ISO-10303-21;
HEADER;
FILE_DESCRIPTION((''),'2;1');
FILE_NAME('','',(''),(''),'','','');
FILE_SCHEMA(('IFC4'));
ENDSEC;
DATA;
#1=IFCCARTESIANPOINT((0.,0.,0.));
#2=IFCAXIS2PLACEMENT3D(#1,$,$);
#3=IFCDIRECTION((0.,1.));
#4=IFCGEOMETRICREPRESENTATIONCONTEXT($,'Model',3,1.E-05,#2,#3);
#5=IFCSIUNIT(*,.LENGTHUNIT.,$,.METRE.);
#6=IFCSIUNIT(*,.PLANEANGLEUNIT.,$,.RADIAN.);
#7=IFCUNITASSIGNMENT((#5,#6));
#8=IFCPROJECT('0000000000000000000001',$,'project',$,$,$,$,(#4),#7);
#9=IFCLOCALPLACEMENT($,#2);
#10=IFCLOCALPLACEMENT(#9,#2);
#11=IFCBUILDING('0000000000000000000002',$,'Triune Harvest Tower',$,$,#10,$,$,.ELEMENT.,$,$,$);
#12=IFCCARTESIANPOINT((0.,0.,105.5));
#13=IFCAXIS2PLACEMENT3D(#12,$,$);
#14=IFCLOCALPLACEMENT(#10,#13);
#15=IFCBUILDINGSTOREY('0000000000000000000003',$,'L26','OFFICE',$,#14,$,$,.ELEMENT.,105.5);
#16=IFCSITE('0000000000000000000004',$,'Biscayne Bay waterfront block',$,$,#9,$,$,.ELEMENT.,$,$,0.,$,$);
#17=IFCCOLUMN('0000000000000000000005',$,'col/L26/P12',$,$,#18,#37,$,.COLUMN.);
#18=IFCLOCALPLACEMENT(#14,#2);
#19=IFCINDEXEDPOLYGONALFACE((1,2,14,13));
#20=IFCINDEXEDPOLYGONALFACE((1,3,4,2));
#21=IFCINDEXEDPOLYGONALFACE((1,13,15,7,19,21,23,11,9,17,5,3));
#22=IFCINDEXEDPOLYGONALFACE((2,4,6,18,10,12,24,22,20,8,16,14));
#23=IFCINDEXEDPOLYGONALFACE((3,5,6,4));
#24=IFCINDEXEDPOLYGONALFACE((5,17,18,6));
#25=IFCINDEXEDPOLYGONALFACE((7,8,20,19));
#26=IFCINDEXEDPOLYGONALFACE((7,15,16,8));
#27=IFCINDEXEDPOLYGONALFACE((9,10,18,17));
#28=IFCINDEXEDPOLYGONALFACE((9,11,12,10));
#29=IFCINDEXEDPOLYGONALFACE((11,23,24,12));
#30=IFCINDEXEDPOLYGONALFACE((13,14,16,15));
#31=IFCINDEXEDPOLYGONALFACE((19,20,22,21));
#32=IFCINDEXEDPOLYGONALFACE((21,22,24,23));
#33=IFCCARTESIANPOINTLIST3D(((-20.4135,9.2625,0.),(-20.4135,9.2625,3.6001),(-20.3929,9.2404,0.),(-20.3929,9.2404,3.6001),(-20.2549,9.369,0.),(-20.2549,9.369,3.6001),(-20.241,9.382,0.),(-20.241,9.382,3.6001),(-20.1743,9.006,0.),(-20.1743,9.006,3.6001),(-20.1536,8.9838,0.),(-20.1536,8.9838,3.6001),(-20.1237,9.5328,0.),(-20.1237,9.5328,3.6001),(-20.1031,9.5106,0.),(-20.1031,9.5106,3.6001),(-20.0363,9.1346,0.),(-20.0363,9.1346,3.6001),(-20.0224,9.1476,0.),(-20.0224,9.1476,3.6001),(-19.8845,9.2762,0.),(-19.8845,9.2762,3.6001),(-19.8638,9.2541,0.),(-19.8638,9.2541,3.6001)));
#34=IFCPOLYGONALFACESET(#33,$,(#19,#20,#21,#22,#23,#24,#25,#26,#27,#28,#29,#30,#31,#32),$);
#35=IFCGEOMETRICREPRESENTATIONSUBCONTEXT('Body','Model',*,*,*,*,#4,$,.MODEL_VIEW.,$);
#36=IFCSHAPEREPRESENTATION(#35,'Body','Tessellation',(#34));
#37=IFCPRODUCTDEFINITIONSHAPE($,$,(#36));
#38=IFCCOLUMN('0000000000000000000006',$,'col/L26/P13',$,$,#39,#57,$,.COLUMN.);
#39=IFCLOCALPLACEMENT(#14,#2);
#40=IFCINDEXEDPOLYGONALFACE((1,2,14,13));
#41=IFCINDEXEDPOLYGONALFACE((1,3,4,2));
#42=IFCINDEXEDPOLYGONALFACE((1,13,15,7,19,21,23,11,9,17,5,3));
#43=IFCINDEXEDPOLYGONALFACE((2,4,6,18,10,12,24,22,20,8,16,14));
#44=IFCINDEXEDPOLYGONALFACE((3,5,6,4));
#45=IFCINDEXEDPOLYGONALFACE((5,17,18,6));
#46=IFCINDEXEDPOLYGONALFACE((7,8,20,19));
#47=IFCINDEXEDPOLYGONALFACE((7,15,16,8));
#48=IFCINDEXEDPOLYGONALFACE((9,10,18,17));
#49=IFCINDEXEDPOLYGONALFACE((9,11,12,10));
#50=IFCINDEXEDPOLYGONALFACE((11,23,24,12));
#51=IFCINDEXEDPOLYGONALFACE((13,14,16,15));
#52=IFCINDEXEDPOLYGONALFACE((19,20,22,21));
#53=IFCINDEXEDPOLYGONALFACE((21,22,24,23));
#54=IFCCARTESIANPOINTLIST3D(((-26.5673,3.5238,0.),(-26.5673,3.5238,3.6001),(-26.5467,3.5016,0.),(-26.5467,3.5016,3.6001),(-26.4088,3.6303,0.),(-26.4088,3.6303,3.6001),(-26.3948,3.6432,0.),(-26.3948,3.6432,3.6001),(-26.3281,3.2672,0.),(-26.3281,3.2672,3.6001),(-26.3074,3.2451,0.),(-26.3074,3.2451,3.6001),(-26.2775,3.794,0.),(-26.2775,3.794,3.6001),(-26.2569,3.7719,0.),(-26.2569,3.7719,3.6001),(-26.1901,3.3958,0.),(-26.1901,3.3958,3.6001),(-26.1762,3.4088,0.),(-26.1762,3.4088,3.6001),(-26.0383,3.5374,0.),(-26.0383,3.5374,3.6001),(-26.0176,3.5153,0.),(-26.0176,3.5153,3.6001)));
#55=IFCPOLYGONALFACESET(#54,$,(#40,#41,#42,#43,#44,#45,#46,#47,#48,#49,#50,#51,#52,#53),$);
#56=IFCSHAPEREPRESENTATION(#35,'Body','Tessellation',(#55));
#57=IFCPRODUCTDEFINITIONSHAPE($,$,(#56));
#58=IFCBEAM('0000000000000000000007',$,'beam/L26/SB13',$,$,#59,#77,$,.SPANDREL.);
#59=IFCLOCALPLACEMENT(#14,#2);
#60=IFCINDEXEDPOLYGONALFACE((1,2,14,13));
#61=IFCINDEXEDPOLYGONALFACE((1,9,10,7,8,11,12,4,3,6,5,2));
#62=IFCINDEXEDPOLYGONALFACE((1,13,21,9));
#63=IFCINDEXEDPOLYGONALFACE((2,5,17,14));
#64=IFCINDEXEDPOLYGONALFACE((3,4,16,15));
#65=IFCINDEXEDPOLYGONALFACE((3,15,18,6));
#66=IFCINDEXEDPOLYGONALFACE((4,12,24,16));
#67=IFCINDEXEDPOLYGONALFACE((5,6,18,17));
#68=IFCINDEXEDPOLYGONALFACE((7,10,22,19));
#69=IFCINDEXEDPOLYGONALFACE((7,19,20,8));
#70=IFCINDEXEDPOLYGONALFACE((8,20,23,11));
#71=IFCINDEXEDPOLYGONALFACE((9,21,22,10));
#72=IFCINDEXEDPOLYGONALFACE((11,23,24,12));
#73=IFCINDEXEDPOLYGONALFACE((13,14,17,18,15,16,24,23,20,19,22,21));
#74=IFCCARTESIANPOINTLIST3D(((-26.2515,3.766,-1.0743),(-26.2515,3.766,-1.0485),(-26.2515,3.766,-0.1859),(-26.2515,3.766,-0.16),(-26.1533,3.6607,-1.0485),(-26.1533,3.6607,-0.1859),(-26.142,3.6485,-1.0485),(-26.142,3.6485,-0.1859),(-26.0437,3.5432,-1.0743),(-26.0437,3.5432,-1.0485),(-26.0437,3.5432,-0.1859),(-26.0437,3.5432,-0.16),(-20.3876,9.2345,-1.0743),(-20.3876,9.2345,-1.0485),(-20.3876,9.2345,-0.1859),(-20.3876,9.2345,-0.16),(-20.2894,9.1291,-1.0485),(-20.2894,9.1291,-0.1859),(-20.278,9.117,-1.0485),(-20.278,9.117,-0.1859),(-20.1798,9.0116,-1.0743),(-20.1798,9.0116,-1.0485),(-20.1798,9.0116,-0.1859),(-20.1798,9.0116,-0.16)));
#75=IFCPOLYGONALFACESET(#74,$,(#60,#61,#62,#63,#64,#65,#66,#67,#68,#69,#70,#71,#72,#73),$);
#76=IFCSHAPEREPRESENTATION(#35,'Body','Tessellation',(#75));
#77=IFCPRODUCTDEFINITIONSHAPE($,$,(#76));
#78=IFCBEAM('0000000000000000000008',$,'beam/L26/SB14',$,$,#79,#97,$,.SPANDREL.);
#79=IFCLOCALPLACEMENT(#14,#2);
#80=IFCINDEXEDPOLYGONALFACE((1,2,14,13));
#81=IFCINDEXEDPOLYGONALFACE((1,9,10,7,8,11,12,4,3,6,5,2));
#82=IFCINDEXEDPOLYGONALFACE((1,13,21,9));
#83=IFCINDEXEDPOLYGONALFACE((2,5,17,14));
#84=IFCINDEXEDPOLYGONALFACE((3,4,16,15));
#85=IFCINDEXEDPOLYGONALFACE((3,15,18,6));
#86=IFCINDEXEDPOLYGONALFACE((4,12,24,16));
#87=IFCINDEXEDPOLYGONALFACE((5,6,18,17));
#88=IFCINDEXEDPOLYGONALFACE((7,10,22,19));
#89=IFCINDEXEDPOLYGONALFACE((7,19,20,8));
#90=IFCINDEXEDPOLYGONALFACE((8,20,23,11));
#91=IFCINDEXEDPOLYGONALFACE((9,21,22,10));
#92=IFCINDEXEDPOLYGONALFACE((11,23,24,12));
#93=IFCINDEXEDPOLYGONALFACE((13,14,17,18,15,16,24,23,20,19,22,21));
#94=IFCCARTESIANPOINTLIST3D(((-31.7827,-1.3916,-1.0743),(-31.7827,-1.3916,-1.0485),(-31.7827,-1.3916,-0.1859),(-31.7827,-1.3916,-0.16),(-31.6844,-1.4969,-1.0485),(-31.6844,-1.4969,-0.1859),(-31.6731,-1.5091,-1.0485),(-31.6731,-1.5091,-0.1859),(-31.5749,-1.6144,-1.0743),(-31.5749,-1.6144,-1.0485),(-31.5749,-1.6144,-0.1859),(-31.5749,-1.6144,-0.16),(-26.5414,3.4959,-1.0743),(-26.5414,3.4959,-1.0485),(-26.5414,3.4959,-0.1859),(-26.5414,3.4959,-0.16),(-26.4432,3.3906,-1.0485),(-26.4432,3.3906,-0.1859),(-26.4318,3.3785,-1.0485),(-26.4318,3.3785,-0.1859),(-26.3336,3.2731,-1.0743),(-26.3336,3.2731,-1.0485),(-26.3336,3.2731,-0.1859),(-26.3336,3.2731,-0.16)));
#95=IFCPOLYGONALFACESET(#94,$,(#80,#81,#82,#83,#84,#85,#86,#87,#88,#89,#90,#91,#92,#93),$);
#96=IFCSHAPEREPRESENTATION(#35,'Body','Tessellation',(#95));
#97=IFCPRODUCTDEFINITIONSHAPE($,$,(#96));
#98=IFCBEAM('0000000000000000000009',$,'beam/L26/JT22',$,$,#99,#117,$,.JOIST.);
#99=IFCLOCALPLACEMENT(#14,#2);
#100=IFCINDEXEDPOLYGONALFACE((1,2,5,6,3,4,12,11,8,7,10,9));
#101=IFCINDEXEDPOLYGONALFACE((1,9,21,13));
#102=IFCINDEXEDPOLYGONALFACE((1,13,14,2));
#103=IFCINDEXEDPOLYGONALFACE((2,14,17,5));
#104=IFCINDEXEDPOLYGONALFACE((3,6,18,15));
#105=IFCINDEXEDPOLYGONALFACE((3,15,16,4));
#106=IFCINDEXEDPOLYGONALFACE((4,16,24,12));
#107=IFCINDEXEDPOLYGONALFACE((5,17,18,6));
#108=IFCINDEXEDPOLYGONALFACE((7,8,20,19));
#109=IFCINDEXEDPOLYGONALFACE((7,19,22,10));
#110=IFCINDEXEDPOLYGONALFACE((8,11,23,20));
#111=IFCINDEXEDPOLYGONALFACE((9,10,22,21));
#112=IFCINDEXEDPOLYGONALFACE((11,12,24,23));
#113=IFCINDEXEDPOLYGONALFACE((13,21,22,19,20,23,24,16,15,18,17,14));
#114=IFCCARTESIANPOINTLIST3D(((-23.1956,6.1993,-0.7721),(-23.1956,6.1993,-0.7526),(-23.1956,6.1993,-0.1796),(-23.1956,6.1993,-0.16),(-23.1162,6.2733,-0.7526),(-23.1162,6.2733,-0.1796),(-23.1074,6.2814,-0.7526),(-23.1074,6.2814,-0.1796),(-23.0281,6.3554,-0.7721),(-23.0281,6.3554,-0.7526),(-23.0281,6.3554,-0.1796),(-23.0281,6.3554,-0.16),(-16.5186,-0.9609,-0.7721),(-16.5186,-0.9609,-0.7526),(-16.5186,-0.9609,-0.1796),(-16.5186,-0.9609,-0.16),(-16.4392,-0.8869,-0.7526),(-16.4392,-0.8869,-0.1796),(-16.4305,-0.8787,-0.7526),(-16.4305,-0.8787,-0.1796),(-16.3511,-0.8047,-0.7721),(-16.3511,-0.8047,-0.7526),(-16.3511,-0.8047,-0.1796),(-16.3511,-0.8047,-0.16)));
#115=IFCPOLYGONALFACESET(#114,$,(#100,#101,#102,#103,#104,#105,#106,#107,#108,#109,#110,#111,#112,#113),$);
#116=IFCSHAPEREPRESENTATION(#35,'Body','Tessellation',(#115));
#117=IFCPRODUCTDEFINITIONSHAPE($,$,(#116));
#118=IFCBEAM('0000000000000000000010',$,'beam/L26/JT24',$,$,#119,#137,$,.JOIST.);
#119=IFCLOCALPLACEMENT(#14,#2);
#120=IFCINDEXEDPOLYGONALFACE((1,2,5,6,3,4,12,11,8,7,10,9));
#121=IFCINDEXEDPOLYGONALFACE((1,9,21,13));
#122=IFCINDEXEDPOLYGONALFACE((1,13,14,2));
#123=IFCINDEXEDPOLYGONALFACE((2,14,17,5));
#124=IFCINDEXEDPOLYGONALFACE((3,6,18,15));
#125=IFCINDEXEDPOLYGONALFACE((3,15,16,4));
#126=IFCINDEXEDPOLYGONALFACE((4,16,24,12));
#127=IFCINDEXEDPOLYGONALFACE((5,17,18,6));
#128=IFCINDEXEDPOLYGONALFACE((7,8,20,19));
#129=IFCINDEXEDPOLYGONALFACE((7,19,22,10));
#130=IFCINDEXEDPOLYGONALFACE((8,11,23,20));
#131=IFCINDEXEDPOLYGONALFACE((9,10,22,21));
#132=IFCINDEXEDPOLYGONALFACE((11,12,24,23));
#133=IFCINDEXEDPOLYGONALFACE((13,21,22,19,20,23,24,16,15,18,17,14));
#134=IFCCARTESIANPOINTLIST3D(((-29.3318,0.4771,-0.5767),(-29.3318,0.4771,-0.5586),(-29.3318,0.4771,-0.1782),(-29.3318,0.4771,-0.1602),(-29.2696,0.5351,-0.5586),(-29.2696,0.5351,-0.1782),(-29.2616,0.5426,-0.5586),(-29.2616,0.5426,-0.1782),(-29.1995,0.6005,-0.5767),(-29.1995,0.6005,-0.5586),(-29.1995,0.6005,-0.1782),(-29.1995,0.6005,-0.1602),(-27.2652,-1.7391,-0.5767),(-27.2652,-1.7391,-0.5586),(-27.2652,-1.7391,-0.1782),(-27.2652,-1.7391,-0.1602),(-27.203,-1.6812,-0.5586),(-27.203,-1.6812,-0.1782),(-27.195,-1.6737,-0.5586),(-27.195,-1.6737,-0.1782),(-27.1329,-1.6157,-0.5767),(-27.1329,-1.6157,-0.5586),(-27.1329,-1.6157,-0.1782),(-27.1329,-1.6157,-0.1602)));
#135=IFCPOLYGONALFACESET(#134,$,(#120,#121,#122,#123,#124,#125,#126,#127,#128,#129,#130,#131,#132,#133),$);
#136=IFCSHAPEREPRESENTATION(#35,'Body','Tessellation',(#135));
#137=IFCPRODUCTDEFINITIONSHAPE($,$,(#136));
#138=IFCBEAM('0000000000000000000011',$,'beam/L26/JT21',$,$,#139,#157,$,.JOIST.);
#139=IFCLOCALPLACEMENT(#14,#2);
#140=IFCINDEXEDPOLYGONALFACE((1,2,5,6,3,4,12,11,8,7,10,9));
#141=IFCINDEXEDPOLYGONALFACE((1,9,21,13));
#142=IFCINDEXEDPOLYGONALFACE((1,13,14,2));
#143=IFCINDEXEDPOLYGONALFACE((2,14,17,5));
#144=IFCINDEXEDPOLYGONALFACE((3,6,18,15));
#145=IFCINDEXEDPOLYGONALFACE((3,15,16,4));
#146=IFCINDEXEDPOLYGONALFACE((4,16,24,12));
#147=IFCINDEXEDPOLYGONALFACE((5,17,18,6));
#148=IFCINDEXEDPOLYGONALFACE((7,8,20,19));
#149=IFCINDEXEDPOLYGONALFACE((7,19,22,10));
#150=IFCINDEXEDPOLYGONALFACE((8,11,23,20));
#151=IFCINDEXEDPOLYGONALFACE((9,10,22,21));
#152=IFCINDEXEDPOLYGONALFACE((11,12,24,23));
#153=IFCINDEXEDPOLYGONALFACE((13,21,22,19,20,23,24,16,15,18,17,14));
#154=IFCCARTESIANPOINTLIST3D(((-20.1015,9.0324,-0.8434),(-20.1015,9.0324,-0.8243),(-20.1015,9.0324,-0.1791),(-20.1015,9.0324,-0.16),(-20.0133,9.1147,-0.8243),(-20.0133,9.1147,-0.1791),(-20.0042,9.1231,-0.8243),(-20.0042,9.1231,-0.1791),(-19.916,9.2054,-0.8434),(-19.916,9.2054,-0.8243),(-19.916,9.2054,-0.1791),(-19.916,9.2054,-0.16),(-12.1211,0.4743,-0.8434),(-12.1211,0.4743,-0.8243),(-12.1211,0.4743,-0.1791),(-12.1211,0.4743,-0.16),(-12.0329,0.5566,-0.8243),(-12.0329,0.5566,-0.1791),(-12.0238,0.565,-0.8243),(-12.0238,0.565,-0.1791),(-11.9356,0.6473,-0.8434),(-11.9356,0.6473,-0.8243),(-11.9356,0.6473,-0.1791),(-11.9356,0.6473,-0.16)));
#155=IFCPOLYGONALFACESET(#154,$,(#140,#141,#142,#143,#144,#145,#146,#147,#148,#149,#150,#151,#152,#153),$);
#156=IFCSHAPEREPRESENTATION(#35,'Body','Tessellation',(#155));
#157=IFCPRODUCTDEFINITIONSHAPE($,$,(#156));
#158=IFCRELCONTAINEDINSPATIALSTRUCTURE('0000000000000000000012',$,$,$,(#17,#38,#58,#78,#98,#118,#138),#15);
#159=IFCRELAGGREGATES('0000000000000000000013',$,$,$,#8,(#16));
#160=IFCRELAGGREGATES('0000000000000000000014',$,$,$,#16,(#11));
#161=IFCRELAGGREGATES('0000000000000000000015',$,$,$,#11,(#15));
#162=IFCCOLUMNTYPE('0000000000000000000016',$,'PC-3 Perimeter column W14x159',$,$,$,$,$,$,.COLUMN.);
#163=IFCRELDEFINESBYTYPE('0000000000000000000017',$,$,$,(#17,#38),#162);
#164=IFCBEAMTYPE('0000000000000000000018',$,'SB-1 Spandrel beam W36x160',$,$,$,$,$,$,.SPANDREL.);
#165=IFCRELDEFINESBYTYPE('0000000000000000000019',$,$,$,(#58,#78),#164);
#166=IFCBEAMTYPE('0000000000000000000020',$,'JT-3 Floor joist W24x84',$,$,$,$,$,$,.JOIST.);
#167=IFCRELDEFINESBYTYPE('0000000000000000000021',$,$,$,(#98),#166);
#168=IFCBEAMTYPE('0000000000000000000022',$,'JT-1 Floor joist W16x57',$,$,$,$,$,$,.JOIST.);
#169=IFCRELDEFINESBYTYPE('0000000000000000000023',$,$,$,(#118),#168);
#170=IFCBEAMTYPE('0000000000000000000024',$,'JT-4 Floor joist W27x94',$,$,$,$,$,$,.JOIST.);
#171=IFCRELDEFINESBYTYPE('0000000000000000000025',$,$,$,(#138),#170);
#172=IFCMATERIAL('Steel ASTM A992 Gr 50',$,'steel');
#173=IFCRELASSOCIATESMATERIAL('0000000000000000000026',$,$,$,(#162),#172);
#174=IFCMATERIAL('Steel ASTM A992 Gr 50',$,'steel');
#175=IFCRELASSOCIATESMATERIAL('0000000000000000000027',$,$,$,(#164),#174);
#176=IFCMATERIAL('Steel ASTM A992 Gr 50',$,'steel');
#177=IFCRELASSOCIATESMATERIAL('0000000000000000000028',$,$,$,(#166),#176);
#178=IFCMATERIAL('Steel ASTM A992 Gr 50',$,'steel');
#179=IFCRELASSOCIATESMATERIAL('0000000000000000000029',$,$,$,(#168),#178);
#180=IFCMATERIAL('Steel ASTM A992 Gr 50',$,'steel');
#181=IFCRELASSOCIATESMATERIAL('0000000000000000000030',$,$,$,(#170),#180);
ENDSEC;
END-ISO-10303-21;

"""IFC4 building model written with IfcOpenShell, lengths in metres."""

from ifc_helpers import new_model, si_unit, direction, frame, origin, origin_2d, place, context, subcontext, project, spatial, i_section, extrude, source, transform, mapped, material, material_profile, profile_set, type_object, element, save


model = new_model("IFC4")

# Units and contexts
model_context = context("Model", 3, precision=1e-05, world=origin(), true_north=direction((0.0, 1.0)))
body_context = subcontext(model_context, "Body", "Model", "MODEL_VIEW")
ifc_project = project(units=[si_unit("LENGTHUNIT", "METRE"), si_unit("PLANEANGLEUNIT", "RADIAN")], contexts=[model_context])

# Site, building, storey
site_placement = place(None, origin())
site = spatial("IfcSite", under=ifc_project, at=site_placement, Name="Biscayne Bay waterfront block", CompositionType="ELEMENT", RefElevation=0.0)
building_placement = place(site_placement, origin())
building = spatial("IfcBuilding", under=site, at=building_placement, Name="Triune Harvest Tower", CompositionType="ELEMENT")
storey_placement = place(building_placement, frame((0.0, 0.0, 105.5)))
storey = spatial("IfcBuildingStorey", under=building, at=storey_placement, Name="L26", Description="OFFICE", CompositionType="ELEMENT", Elevation=105.5)

# Columns
ifc_material_1 = material(Name="Steel ASTM A992 Gr 50", Category="steel")
ifc_material_profile_1 = material_profile(ifc_material_1, i_section(OverallWidth=0.3962, OverallDepth=0.3811, WebThickness=0.019, FlangeThickness=0.0303, at=origin_2d()), Name="W14x159")
ifc_profile_set_1 = profile_set([ifc_material_profile_1], Name="Steel ASTM A992 Gr 50")
column_type = type_object("IfcColumnType", Name="PC-3 Perimeter column W14x159", PredefinedType="COLUMN", material=ifc_profile_set_1)
shared_shape_1 = source(origin(), body_context, "Body", "SweptSolid", [
    extrude(i_section(OverallWidth=0.3962, OverallDepth=0.3811, WebThickness=0.019, FlangeThickness=0.0303, at=origin_2d()), origin(), (0.0, 0.0, 1.0), 3.6001),
])
for number, where, z_axis, x_axis, name in (
    (1, (-20.1387, 9.2583, 0.0), (0.0, 0.0, 1.0), (-0.731355, -0.681997, 0.0), "col/L26/P12"),
    (2, (-26.2925, 3.5195, 0.0), (0.0, 0.0, 1.0), (-0.731355, -0.681997, 0.0), "col/L26/P13"),
):
    element("IfcColumn", number, at=place(storey_placement, frame(where, z_axis=z_axis, x_axis=x_axis)), inside=storey, type_object=column_type, Name=name, PredefinedType="COLUMN", context=body_context, shape_type="MappedRepresentation", body=[
        mapped(shared_shape_1, transform((0.0, 0.0, 0.0), scale=1.0)),
    ])

# Beams
ifc_material_2 = material(Name="Steel ASTM A992 Gr 50", Category="steel")
ifc_material_profile_2 = material_profile(ifc_material_2, i_section(OverallWidth=0.3047, OverallDepth=0.9143, WebThickness=0.0166, FlangeThickness=0.0259, at=origin_2d()), Name="W36x160")
ifc_profile_set_2 = profile_set([ifc_material_profile_2], Name="Steel ASTM A992 Gr 50")
beam_type_1 = type_object("IfcBeamType", Name="SB-1 Spandrel beam W36x160", PredefinedType="SPANDREL", material=ifc_profile_set_2)
shared_shape_2 = source(origin(), body_context, "Body", "SweptSolid", [
    extrude(i_section(OverallWidth=0.3047, OverallDepth=0.9143, WebThickness=0.0166, FlangeThickness=0.0259, at=origin_2d()), origin(), (0.0, 0.0, 1.0), 8.0181),
])
beam_1_placement = place(storey_placement, frame((-20.2837, 9.123, -0.6172), z_axis=(-0.73134, -0.682013, 0.0), x_axis=(0.682013, -0.73134, 0.0)))
element("IfcBeam", 3, at=beam_1_placement, inside=storey, type_object=beam_type_1, Name="beam/L26/SB13", PredefinedType="SPANDREL", context=body_context, shape_type="MappedRepresentation", body=[
    mapped(shared_shape_2, transform((0.0, 0.0, 0.0), scale=1.0)),
])
shared_shape_3 = source(origin(), body_context, "Body", "SweptSolid", [
    extrude(i_section(OverallWidth=0.3047, OverallDepth=0.9143, WebThickness=0.0166, FlangeThickness=0.0259, at=origin_2d()), origin(), (0.0, 0.0, 1.0), 7.1665),
])
beam_2_placement = place(storey_placement, frame((-26.4375, 3.3845, -0.6172), z_axis=(-0.731358, -0.681994, 0.0), x_axis=(0.681994, -0.731358, 0.0)))
element("IfcBeam", 4, at=beam_2_placement, inside=storey, type_object=beam_type_1, Name="beam/L26/SB14", PredefinedType="SPANDREL", context=body_context, shape_type="MappedRepresentation", body=[
    mapped(shared_shape_3, transform((0.0, 0.0, 0.0), scale=1.0)),
])
ifc_material_3 = material(Name="Steel ASTM A992 Gr 50", Category="steel")
ifc_material_profile_3 = material_profile(ifc_material_3, i_section(OverallWidth=0.229, OverallDepth=0.6121, WebThickness=0.012, FlangeThickness=0.0195, at=origin_2d()), Name="W24x84")
ifc_profile_set_3 = profile_set([ifc_material_profile_3], Name="Steel ASTM A992 Gr 50")
beam_type_2 = type_object("IfcBeamType", Name="JT-3 Floor joist W24x84", PredefinedType="JOIST", material=ifc_profile_set_3)
shared_shape_4 = source(origin(), body_context, "Body", "SweptSolid", [
    extrude(i_section(OverallWidth=0.229, OverallDepth=0.6121, WebThickness=0.012, FlangeThickness=0.0195, at=origin_2d()), origin(), (0.0, 0.0, 1.0), 9.7903),
])
beam_3_placement = place(storey_placement, frame((-23.1118, 6.2773, -0.4661), z_axis=(0.682001, -0.731351, 0.0), x_axis=(0.731351, 0.682001, 0.0)))
element("IfcBeam", 5, at=beam_3_placement, inside=storey, type_object=beam_type_2, Name="beam/L26/JT22", PredefinedType="JOIST", context=body_context, shape_type="MappedRepresentation", body=[
    mapped(shared_shape_4, transform((0.0, 0.0, 0.0), scale=1.0)),
])
ifc_material_4 = material(Name="Steel ASTM A992 Gr 50", Category="steel")
ifc_material_profile_4 = material_profile(ifc_material_4, i_section(OverallWidth=0.1809, OverallDepth=0.4165, WebThickness=0.011, FlangeThickness=0.0181, at=origin_2d()), Name="W16x57")
ifc_profile_set_4 = profile_set([ifc_material_profile_4], Name="Steel ASTM A992 Gr 50")
beam_type_3 = type_object("IfcBeamType", Name="JT-1 Floor joist W16x57", PredefinedType="JOIST", material=ifc_profile_set_4)
shared_shape_5 = source(origin(), body_context, "Body", "SweptSolid", [
    extrude(i_section(OverallWidth=0.1809, OverallDepth=0.4165, WebThickness=0.011, FlangeThickness=0.0181, at=origin_2d()), origin(), (0.0, 0.0, 1.0), 3.0303),
])
beam_4_placement = place(storey_placement, frame((-29.2656, 0.5388, -0.3684), z_axis=(0.681982, -0.731369, 0.0), x_axis=(0.731369, 0.681982, 0.0)))
element("IfcBeam", 6, at=beam_4_placement, inside=storey, type_object=beam_type_3, Name="beam/L26/JT24", PredefinedType="JOIST", context=body_context, shape_type="MappedRepresentation", body=[
    mapped(shared_shape_5, transform((0.0, 0.0, 0.0), scale=1.0)),
])
ifc_material_5 = material(Name="Steel ASTM A992 Gr 50", Category="steel")
ifc_material_profile_5 = material_profile(ifc_material_5, i_section(OverallWidth=0.2537, OverallDepth=0.6833, WebThickness=0.0125, FlangeThickness=0.019, at=origin_2d()), Name="W27x94")
ifc_profile_set_5 = profile_set([ifc_material_profile_5], Name="Steel ASTM A992 Gr 50")
beam_type_4 = type_object("IfcBeamType", Name="JT-4 Floor joist W27x94", PredefinedType="JOIST", material=ifc_profile_set_5)
shared_shape_6 = source(origin(), body_context, "Body", "SweptSolid", [
    extrude(i_section(OverallWidth=0.2537, OverallDepth=0.6833, WebThickness=0.0125, FlangeThickness=0.019, at=origin_2d()), origin(), (0.0, 0.0, 1.0), 11.7017),
])
beam_5_placement = place(storey_placement, frame((-20.0088, 9.1189, -0.5017), z_axis=(0.681994, -0.731358, 0.0), x_axis=(0.731358, 0.681994, 0.0)))
element("IfcBeam", 7, at=beam_5_placement, inside=storey, type_object=beam_type_4, Name="beam/L26/JT21", PredefinedType="JOIST", context=body_context, shape_type="MappedRepresentation", body=[
    mapped(shared_shape_6, transform((0.0, 0.0, 0.0), scale=1.0)),
])

save(model, "model.ifc")
